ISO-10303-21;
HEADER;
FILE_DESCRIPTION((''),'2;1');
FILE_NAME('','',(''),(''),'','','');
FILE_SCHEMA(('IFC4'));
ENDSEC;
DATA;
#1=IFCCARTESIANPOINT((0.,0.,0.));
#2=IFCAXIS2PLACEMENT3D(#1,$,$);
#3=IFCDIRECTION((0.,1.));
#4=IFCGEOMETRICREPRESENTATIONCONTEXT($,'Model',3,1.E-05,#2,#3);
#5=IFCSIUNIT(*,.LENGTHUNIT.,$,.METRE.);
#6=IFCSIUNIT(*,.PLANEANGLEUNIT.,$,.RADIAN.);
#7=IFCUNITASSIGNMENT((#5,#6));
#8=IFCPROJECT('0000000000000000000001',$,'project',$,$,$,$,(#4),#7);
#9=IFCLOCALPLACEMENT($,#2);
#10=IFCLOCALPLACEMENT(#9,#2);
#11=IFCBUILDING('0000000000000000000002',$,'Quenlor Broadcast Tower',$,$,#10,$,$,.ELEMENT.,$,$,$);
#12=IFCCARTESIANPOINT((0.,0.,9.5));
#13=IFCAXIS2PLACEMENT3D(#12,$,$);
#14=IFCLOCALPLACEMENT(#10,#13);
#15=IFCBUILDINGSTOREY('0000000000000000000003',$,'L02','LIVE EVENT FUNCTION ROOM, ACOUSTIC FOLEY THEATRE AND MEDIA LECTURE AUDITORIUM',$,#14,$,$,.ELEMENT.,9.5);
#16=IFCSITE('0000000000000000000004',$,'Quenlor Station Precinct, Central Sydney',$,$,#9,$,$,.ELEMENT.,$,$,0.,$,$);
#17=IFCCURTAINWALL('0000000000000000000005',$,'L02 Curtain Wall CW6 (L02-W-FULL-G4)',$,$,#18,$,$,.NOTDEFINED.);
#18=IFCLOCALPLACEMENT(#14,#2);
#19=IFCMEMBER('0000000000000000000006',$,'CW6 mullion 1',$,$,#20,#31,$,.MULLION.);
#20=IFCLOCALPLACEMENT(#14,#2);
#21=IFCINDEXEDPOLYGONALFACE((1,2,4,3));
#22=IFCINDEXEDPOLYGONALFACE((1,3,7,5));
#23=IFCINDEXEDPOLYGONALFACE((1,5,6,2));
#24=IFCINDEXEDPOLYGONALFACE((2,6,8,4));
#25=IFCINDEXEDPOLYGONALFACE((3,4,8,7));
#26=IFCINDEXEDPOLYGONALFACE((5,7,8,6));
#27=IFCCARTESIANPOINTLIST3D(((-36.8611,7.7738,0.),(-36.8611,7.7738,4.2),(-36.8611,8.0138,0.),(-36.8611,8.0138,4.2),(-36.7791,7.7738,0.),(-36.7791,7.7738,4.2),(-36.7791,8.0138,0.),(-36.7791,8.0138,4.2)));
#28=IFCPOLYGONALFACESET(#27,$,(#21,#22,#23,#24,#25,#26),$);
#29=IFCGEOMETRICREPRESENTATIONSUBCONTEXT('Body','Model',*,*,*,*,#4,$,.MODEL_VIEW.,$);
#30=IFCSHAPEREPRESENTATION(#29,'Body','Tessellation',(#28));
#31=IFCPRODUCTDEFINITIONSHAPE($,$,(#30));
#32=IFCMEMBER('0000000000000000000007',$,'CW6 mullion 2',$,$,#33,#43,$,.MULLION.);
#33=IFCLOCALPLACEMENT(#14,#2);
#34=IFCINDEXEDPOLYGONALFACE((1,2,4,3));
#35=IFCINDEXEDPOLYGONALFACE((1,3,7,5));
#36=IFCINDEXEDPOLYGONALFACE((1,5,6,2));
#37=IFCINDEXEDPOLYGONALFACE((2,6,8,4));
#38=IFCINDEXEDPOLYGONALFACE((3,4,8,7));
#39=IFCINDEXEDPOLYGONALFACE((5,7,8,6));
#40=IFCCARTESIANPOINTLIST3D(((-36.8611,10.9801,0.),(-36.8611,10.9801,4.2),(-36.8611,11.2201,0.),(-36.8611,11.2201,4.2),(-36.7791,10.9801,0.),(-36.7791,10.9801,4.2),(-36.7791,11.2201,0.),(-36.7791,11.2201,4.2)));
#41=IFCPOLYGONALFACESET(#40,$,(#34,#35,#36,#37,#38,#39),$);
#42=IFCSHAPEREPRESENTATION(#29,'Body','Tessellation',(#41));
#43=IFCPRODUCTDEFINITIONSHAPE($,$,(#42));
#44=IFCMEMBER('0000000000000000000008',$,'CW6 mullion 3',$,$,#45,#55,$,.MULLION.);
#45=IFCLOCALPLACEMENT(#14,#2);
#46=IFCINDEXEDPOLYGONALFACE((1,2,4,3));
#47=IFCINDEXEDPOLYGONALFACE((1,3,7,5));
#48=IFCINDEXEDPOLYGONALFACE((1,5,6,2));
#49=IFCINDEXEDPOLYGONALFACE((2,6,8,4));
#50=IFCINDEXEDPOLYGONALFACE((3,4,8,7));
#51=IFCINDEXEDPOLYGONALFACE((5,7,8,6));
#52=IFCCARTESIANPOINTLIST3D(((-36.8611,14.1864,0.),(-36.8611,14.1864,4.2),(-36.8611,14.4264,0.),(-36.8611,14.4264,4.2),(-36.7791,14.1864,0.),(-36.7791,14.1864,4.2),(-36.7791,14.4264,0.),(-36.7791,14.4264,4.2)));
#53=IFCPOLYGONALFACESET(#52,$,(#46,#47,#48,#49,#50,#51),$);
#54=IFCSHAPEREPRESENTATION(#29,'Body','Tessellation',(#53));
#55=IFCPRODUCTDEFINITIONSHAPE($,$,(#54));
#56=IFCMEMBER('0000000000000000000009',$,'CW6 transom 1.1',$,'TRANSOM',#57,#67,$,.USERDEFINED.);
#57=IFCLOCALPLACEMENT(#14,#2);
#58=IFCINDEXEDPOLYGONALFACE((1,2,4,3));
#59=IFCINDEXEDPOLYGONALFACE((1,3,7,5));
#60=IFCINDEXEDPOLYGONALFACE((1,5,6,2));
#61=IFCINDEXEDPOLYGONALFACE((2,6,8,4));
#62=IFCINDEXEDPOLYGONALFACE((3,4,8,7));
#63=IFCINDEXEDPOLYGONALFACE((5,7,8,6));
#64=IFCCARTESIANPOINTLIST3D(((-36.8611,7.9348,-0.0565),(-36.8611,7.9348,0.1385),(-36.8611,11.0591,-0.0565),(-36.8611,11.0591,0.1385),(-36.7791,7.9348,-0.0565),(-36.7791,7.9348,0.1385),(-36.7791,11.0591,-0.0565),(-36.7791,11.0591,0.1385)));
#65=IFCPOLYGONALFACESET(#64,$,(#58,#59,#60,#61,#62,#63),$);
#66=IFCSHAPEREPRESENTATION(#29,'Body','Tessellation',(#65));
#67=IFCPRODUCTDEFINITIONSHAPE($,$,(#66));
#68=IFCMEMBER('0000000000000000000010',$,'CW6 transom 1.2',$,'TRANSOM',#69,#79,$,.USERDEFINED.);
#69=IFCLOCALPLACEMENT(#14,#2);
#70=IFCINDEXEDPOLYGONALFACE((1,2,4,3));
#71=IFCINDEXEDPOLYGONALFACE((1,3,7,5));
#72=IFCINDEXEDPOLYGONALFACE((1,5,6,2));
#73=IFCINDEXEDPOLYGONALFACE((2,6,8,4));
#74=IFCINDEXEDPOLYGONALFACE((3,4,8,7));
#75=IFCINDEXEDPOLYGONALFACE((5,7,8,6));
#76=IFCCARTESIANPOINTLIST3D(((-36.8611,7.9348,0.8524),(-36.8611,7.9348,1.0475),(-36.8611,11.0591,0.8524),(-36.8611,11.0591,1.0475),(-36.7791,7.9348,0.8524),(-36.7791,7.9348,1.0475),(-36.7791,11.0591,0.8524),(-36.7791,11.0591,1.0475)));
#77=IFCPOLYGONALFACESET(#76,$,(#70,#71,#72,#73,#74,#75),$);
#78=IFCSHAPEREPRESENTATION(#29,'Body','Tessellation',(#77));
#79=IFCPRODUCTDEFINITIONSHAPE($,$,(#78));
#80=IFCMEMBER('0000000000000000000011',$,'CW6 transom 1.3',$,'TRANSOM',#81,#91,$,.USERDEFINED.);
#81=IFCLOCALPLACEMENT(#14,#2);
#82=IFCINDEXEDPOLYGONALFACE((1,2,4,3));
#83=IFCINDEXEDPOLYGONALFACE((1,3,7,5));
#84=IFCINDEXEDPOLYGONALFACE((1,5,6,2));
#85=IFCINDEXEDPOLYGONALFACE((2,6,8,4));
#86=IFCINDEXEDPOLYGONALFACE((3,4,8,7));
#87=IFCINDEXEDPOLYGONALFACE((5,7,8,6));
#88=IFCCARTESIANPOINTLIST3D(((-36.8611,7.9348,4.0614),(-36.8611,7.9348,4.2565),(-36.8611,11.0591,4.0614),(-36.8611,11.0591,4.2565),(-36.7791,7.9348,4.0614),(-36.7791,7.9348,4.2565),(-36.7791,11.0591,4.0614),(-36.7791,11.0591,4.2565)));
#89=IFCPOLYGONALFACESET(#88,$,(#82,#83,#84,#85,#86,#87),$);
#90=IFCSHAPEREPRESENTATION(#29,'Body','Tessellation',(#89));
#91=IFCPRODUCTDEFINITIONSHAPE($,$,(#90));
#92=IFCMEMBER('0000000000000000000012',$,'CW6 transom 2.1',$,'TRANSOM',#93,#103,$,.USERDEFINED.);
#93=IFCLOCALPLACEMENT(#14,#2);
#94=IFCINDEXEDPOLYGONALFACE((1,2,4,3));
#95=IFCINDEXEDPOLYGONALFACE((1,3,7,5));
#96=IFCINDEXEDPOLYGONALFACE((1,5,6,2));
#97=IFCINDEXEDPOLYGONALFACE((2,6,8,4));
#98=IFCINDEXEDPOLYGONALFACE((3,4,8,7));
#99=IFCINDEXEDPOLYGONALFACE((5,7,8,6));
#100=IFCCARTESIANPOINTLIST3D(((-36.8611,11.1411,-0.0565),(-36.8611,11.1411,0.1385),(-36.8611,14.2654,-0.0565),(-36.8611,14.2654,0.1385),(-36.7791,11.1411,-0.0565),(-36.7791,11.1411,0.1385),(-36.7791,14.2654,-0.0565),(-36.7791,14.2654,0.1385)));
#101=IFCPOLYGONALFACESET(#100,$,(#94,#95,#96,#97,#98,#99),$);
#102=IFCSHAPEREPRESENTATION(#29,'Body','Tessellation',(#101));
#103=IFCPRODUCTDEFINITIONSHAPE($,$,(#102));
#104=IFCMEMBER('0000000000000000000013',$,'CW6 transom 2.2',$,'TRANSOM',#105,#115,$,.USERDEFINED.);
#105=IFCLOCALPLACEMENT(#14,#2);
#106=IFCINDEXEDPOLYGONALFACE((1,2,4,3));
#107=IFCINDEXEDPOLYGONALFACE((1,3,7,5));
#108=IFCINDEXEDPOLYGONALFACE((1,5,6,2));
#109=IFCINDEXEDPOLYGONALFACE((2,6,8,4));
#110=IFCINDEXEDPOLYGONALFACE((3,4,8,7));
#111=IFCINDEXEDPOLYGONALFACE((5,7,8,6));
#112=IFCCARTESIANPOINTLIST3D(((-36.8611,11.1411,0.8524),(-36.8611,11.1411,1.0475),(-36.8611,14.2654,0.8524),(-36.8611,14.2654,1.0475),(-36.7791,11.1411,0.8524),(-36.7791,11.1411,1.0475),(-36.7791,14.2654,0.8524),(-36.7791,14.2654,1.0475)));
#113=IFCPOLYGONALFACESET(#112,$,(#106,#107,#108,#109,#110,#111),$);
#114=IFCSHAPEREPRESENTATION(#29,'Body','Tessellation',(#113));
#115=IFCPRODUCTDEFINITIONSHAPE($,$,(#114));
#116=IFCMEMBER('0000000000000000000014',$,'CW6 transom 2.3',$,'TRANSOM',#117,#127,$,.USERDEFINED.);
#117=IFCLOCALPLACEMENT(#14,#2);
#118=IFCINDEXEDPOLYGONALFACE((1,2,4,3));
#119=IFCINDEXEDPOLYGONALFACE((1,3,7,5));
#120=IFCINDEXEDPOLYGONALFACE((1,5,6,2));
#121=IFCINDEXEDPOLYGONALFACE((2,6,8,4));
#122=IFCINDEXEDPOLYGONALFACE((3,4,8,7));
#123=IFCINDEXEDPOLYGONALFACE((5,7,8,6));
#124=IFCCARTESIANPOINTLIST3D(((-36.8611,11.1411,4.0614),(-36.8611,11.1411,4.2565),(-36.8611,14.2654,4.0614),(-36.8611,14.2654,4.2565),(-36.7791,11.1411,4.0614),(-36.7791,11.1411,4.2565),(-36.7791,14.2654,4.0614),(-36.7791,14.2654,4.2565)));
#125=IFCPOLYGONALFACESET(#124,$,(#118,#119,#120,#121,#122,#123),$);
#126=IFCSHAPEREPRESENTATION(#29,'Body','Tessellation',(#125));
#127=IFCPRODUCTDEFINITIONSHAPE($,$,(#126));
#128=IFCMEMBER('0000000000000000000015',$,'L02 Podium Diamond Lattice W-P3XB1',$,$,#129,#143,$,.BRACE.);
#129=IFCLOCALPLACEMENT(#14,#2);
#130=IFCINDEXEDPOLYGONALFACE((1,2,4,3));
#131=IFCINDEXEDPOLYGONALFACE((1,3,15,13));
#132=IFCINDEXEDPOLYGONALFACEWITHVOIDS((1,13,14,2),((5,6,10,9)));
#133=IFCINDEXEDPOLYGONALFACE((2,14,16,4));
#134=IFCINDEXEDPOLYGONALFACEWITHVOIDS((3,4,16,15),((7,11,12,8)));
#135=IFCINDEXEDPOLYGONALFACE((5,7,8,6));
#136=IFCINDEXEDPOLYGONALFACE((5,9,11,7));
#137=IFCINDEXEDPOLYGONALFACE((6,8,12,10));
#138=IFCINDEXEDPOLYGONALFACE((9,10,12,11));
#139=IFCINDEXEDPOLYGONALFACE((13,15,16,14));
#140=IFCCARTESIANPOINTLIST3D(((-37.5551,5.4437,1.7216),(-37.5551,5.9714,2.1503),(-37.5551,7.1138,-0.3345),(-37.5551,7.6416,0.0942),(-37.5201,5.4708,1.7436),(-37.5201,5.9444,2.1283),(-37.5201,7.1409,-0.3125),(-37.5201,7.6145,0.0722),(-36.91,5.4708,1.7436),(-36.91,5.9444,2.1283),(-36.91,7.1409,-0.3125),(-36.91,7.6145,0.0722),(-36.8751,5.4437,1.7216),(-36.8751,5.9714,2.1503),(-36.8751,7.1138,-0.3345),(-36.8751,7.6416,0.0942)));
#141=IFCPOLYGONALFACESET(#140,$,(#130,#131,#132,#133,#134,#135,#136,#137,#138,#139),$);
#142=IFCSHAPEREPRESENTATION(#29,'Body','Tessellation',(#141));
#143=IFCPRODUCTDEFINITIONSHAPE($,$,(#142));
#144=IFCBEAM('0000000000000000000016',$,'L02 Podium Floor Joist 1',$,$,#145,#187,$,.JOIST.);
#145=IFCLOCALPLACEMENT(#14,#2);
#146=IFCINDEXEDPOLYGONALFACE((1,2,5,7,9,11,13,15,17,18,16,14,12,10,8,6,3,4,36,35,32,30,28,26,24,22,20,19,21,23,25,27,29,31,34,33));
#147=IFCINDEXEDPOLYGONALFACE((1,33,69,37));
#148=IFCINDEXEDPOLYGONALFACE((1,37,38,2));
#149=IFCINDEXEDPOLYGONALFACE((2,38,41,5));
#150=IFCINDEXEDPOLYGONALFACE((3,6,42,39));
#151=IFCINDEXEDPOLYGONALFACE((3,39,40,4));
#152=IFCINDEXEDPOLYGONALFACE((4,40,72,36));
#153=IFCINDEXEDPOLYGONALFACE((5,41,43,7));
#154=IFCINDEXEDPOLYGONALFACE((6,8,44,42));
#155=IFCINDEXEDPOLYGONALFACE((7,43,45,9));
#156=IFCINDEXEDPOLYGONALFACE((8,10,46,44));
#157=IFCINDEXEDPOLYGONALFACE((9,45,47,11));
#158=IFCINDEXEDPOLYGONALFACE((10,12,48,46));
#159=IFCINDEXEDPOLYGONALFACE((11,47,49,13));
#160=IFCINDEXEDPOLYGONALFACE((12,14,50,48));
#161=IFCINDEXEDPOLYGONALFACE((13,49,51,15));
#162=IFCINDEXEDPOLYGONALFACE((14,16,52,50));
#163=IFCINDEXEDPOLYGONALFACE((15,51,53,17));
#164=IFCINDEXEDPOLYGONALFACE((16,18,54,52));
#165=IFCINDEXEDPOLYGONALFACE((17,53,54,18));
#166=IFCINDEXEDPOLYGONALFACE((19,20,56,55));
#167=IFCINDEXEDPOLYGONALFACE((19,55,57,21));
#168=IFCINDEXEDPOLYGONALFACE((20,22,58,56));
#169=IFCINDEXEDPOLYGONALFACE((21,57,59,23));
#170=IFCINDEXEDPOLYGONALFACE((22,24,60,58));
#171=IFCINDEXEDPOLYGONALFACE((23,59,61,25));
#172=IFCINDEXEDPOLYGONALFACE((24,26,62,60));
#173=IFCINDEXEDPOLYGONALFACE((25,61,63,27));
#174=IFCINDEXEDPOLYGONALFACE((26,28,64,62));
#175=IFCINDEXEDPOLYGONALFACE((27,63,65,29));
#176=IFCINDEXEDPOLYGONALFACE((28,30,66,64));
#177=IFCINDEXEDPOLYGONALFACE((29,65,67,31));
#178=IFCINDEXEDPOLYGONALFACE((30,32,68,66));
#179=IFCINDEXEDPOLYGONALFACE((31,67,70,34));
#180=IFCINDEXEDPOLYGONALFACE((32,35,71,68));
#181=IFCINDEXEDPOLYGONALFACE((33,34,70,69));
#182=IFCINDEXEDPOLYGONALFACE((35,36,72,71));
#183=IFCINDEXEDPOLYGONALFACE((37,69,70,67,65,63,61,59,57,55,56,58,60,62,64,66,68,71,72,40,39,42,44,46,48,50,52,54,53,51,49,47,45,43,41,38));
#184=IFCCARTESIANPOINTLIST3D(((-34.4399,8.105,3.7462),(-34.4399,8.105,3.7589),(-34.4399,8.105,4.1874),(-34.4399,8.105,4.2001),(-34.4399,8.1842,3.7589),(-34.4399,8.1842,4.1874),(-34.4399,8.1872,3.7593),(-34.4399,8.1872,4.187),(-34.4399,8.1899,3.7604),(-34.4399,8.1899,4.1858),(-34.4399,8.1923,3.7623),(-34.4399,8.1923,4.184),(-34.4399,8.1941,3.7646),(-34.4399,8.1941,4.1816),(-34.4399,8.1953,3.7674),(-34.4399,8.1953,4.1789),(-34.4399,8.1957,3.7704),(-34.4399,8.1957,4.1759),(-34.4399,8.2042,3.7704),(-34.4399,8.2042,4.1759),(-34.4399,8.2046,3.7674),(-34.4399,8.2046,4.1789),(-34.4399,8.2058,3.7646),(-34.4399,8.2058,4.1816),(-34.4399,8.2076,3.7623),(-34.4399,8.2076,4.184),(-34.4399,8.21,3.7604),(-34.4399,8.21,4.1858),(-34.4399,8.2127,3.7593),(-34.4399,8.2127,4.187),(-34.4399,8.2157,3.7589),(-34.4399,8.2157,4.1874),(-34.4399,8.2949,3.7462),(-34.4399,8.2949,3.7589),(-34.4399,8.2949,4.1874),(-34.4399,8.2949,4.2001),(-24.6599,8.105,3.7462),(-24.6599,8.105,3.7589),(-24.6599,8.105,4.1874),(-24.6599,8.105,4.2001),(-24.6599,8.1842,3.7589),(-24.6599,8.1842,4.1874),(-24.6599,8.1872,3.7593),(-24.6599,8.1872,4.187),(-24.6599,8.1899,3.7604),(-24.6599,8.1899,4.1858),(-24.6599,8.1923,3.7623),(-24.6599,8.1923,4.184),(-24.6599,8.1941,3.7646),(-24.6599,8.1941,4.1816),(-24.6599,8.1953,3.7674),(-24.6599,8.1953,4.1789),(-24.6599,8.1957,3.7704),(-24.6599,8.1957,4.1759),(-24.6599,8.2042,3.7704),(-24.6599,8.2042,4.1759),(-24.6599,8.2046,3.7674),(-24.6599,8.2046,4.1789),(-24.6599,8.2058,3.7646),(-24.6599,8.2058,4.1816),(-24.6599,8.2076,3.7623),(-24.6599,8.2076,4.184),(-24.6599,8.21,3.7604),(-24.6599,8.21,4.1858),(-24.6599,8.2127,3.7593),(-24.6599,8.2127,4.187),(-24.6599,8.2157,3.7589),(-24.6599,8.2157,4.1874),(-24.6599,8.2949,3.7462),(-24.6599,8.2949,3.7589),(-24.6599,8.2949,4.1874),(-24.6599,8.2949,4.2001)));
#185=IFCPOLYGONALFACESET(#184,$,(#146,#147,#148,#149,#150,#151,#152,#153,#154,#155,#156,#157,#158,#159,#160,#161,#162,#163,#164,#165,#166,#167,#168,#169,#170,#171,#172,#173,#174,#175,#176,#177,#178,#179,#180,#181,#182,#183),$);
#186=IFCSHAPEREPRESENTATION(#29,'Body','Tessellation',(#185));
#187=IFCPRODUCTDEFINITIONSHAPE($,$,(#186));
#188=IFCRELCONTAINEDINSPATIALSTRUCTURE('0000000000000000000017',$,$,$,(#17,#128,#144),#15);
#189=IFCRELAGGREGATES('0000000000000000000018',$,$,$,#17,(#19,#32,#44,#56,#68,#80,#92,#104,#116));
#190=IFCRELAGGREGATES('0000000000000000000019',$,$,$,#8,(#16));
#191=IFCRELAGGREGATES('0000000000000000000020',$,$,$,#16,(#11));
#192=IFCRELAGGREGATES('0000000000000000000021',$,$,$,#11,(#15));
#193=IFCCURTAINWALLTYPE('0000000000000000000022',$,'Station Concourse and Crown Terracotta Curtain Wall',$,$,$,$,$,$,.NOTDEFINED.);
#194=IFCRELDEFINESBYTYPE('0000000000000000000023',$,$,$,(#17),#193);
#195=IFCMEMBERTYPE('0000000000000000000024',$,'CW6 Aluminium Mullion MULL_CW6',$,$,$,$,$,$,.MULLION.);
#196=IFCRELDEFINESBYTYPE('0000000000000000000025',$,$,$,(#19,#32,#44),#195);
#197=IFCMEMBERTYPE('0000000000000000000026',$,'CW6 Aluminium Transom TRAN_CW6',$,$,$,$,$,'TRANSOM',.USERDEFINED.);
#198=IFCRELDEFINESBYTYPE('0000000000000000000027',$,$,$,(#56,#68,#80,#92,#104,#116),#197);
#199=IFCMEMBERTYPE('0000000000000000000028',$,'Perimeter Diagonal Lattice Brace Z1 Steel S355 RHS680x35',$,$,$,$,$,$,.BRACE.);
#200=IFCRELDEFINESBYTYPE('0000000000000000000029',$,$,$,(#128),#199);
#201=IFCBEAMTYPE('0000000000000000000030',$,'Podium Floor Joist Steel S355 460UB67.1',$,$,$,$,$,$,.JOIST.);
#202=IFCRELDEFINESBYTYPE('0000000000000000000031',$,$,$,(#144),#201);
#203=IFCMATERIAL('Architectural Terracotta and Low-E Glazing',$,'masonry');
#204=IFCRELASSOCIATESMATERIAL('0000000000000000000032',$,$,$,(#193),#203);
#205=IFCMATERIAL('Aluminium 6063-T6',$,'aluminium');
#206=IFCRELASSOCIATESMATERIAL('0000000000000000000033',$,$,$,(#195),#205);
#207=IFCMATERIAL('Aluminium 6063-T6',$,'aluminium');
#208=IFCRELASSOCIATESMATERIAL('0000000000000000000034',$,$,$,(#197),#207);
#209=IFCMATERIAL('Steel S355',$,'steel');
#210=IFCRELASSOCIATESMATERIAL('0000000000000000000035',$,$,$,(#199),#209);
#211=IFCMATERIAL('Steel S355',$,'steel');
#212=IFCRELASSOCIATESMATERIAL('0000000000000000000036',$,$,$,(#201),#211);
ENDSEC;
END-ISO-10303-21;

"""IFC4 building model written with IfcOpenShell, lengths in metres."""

from ifc_helpers import new_model, si_unit, direction, frame, origin, origin_2d, place, context, subcontext, project, spatial, rectangle, hollow_rectangle, i_section, extrude, material, material_profile, profile_set, type_object, element, aggregate, save


model = new_model("IFC4")

# Units and contexts
model_context = context("Model", 3, precision=1e-05, world=origin(), true_north=direction((0.0, 1.0)))
body_context = subcontext(model_context, "Body", "Model", "MODEL_VIEW")
ifc_project = project(units=[si_unit("LENGTHUNIT", "METRE"), si_unit("PLANEANGLEUNIT", "RADIAN")], contexts=[model_context])

# Site, building, storey
site_placement = place(None, origin())
site = spatial("IfcSite", under=ifc_project, at=site_placement, Name="Quenlor Station Precinct, Central Sydney", CompositionType="ELEMENT", RefElevation=0.0)
building_placement = place(site_placement, origin())
building = spatial("IfcBuilding", under=site, at=building_placement, Name="Quenlor Broadcast Tower", CompositionType="ELEMENT")
storey_placement = place(building_placement, frame((0.0, 0.0, 9.5)))
storey = spatial("IfcBuildingStorey", under=building, at=storey_placement, Name="L02", Description="LIVE EVENT FUNCTION ROOM, ACOUSTIC FOLEY THEATRE AND MEDIA LECTURE AUDITORIUM", CompositionType="ELEMENT", Elevation=9.5)

# Curtain wall, members
ifc_material_1 = material(Name="Architectural Terracotta and Low-E Glazing", Category="masonry")
curtain_wall_type = type_object("IfcCurtainWallType", Name="Station Concourse and Crown Terracotta Curtain Wall", PredefinedType="NOTDEFINED", material=ifc_material_1)
curtain_wall_placement = place(storey_placement, origin())
curtain_wall = element("IfcCurtainWall", 1, at=curtain_wall_placement, inside=storey, type_object=curtain_wall_type, Name="L02 Curtain Wall CW6 (L02-W-FULL-G4)", PredefinedType="NOTDEFINED")
ifc_material_2 = material(Name="Aluminium 6063-T6", Category="aluminium")
ifc_material_profile_1 = material_profile(ifc_material_2, rectangle(XDim=0.082, YDim=0.24, at=origin_2d()))
ifc_profile_set_1 = profile_set([ifc_material_profile_1], Name="Aluminium 6063-T6 MULL82x240")
member_type_1 = type_object("IfcMemberType", Name="CW6 Aluminium Mullion MULL_CW6", PredefinedType="MULLION", material=ifc_profile_set_1)
member_1_placement = place(storey_placement, frame((-36.8201, 7.8938, 0.0), z_axis=(0.0, 0.0, 1.0), x_axis=(-1.0, 0.0, 0.0)))
member_1 = element("IfcMember", 2, at=member_1_placement, type_object=member_type_1, Name="CW6 mullion 1", PredefinedType="MULLION", context=body_context, shape_type="SweptSolid", body=[
    extrude(rectangle(XDim=0.082, YDim=0.24, at=origin_2d()), origin(), (0.0, 0.0, 1.0), 4.2),
])
member_2_placement = place(storey_placement, frame((-36.8201, 11.1001, 0.0), z_axis=(0.0, 0.0, 1.0), x_axis=(-1.0, 0.0, 0.0)))
member_2 = element("IfcMember", 3, at=member_2_placement, type_object=member_type_1, Name="CW6 mullion 2", PredefinedType="MULLION", context=body_context, shape_type="SweptSolid", body=[
    extrude(rectangle(XDim=0.082, YDim=0.24, at=origin_2d()), origin(), (0.0, 0.0, 1.0), 4.2),
])
member_3_placement = place(storey_placement, frame((-36.8201, 14.3064, 0.0), z_axis=(0.0, 0.0, 1.0), x_axis=(-1.0, 0.0, 0.0)))
member_3 = element("IfcMember", 4, at=member_3_placement, type_object=member_type_1, Name="CW6 mullion 3", PredefinedType="MULLION", context=body_context, shape_type="SweptSolid", body=[
    extrude(rectangle(XDim=0.082, YDim=0.24, at=origin_2d()), origin(), (0.0, 0.0, 1.0), 4.2),
])
ifc_material_3 = material(Name="Aluminium 6063-T6", Category="aluminium")
ifc_material_profile_2 = material_profile(ifc_material_3, rectangle(XDim=0.082, YDim=0.1951, at=origin_2d()))
ifc_profile_set_2 = profile_set([ifc_material_profile_2], Name="Aluminium 6063-T6 TRAN82x195")
member_type_2 = type_object("IfcMemberType", Name="CW6 Aluminium Transom TRAN_CW6", ElementType="TRANSOM", PredefinedType="USERDEFINED", material=ifc_profile_set_2)
member_4_placement = place(storey_placement, frame((-36.8201, 7.9348, 0.041), z_axis=(0.0, 1.0, 0.0), x_axis=(-1.0, 0.0, 0.0)))
member_4 = element("IfcMember", 5, at=member_4_placement, type_object=member_type_2, Name="CW6 transom 1.1", ObjectType="TRANSOM", PredefinedType="USERDEFINED", context=body_context, shape_type="SweptSolid", body=[
    extrude(rectangle(XDim=0.082, YDim=0.1951, at=origin_2d()), origin(), (0.0, 0.0, 1.0), 3.1243),
])
member_5_placement = place(storey_placement, frame((-36.8201, 7.9348, 0.95), z_axis=(0.0, 1.0, 0.0), x_axis=(-1.0, 0.0, 0.0)))
member_5 = element("IfcMember", 6, at=member_5_placement, type_object=member_type_2, Name="CW6 transom 1.2", ObjectType="TRANSOM", PredefinedType="USERDEFINED", context=body_context, shape_type="SweptSolid", body=[
    extrude(rectangle(XDim=0.082, YDim=0.1951, at=origin_2d()), origin(), (0.0, 0.0, 1.0), 3.1243),
])
member_6_placement = place(storey_placement, frame((-36.8201, 7.9348, 4.1589), z_axis=(0.0, 1.0, 0.0), x_axis=(-1.0, 0.0, 0.0)))
member_6 = element("IfcMember", 7, at=member_6_placement, type_object=member_type_2, Name="CW6 transom 1.3", ObjectType="TRANSOM", PredefinedType="USERDEFINED", context=body_context, shape_type="SweptSolid", body=[
    extrude(rectangle(XDim=0.082, YDim=0.1951, at=origin_2d()), origin(), (0.0, 0.0, 1.0), 3.1243),
])
member_7_placement = place(storey_placement, frame((-36.8201, 11.1411, 0.041), z_axis=(0.0, 1.0, 0.0), x_axis=(-1.0, 0.0, 0.0)))
member_7 = element("IfcMember", 8, at=member_7_placement, type_object=member_type_2, Name="CW6 transom 2.1", ObjectType="TRANSOM", PredefinedType="USERDEFINED", context=body_context, shape_type="SweptSolid", body=[
    extrude(rectangle(XDim=0.082, YDim=0.1951, at=origin_2d()), origin(), (0.0, 0.0, 1.0), 3.1243),
])
member_8_placement = place(storey_placement, frame((-36.8201, 11.1411, 0.95), z_axis=(0.0, 1.0, 0.0), x_axis=(-1.0, 0.0, 0.0)))
member_8 = element("IfcMember", 9, at=member_8_placement, type_object=member_type_2, Name="CW6 transom 2.2", ObjectType="TRANSOM", PredefinedType="USERDEFINED", context=body_context, shape_type="SweptSolid", body=[
    extrude(rectangle(XDim=0.082, YDim=0.1951, at=origin_2d()), origin(), (0.0, 0.0, 1.0), 3.1243),
])
member_9_placement = place(storey_placement, frame((-36.8201, 11.1411, 4.1589), z_axis=(0.0, 1.0, 0.0), x_axis=(-1.0, 0.0, 0.0)))
member_9 = element("IfcMember", 10, at=member_9_placement, type_object=member_type_2, Name="CW6 transom 2.3", ObjectType="TRANSOM", PredefinedType="USERDEFINED", context=body_context, shape_type="SweptSolid", body=[
    extrude(rectangle(XDim=0.082, YDim=0.1951, at=origin_2d()), origin(), (0.0, 0.0, 1.0), 3.1243),
])

# Member
ifc_material_4 = material(Name="Steel S355", Category="steel")
ifc_material_profile_3 = material_profile(ifc_material_4, hollow_rectangle(XDim=0.6799, YDim=0.6799, WallThickness=0.0349, at=origin_2d()))
ifc_profile_set_3 = profile_set([ifc_material_profile_3], Name="Steel S355 RHS680x680x35")
member_type_3 = type_object("IfcMemberType", Name="Perimeter Diagonal Lattice Brace Z1 Steel S355 RHS680x35", PredefinedType="BRACE", material=ifc_profile_set_3)
member_10_placement = place(storey_placement, frame((-37.2151, 7.3777, -0.1201), z_axis=(0.0, -0.630489, 0.776199), x_axis=(1.0, 0.0, 0.0)))
element("IfcMember", 11, at=member_10_placement, inside=storey, type_object=member_type_3, Name="L02 Podium Diamond Lattice W-P3XB1", PredefinedType="BRACE", context=body_context, shape_type="SweptSolid", body=[
    extrude(hollow_rectangle(XDim=0.6799, YDim=0.6799, WallThickness=0.0349, at=origin_2d()), origin(), (0.0, 0.0, 1.0), 2.6489),
])

# Beam
ifc_material_5 = material(Name="Steel S355", Category="steel")
ifc_material_profile_4 = material_profile(ifc_material_5, i_section(OverallWidth=0.1899, OverallDepth=0.4539, WebThickness=0.0085, FlangeThickness=0.0127, FilletRadius=0.0115, at=origin_2d()))
ifc_profile_set_4 = profile_set([ifc_material_profile_4], Name="Steel S355 460UB67.1")
beam_type = type_object("IfcBeamType", Name="Podium Floor Joist Steel S355 460UB67.1", PredefinedType="JOIST", material=ifc_profile_set_4)
for number, where, z_axis, x_axis, name in (
    (12, (-34.4399, 8.2, 3.9731), (1.0, 0.0, 0.0), (0.0, 1.0, 0.0), "L02 Podium Floor Joist 1"),
):
    element("IfcBeam", number, at=place(storey_placement, frame(where, z_axis=z_axis, x_axis=x_axis)), inside=storey, type_object=beam_type, Name=name, PredefinedType="JOIST", context=body_context, shape_type="SweptSolid", body=[
        extrude(i_section(OverallWidth=0.1899, OverallDepth=0.4539, WebThickness=0.0085, FlangeThickness=0.0127, FilletRadius=0.0115, at=origin_2d()), origin(), (0.0, 0.0, 1.0), 9.78),
    ])

aggregate(curtain_wall, [member_1, member_2, member_3, member_4, member_5, member_6, member_7, member_8, member_9])

save(model, "model.ifc")
